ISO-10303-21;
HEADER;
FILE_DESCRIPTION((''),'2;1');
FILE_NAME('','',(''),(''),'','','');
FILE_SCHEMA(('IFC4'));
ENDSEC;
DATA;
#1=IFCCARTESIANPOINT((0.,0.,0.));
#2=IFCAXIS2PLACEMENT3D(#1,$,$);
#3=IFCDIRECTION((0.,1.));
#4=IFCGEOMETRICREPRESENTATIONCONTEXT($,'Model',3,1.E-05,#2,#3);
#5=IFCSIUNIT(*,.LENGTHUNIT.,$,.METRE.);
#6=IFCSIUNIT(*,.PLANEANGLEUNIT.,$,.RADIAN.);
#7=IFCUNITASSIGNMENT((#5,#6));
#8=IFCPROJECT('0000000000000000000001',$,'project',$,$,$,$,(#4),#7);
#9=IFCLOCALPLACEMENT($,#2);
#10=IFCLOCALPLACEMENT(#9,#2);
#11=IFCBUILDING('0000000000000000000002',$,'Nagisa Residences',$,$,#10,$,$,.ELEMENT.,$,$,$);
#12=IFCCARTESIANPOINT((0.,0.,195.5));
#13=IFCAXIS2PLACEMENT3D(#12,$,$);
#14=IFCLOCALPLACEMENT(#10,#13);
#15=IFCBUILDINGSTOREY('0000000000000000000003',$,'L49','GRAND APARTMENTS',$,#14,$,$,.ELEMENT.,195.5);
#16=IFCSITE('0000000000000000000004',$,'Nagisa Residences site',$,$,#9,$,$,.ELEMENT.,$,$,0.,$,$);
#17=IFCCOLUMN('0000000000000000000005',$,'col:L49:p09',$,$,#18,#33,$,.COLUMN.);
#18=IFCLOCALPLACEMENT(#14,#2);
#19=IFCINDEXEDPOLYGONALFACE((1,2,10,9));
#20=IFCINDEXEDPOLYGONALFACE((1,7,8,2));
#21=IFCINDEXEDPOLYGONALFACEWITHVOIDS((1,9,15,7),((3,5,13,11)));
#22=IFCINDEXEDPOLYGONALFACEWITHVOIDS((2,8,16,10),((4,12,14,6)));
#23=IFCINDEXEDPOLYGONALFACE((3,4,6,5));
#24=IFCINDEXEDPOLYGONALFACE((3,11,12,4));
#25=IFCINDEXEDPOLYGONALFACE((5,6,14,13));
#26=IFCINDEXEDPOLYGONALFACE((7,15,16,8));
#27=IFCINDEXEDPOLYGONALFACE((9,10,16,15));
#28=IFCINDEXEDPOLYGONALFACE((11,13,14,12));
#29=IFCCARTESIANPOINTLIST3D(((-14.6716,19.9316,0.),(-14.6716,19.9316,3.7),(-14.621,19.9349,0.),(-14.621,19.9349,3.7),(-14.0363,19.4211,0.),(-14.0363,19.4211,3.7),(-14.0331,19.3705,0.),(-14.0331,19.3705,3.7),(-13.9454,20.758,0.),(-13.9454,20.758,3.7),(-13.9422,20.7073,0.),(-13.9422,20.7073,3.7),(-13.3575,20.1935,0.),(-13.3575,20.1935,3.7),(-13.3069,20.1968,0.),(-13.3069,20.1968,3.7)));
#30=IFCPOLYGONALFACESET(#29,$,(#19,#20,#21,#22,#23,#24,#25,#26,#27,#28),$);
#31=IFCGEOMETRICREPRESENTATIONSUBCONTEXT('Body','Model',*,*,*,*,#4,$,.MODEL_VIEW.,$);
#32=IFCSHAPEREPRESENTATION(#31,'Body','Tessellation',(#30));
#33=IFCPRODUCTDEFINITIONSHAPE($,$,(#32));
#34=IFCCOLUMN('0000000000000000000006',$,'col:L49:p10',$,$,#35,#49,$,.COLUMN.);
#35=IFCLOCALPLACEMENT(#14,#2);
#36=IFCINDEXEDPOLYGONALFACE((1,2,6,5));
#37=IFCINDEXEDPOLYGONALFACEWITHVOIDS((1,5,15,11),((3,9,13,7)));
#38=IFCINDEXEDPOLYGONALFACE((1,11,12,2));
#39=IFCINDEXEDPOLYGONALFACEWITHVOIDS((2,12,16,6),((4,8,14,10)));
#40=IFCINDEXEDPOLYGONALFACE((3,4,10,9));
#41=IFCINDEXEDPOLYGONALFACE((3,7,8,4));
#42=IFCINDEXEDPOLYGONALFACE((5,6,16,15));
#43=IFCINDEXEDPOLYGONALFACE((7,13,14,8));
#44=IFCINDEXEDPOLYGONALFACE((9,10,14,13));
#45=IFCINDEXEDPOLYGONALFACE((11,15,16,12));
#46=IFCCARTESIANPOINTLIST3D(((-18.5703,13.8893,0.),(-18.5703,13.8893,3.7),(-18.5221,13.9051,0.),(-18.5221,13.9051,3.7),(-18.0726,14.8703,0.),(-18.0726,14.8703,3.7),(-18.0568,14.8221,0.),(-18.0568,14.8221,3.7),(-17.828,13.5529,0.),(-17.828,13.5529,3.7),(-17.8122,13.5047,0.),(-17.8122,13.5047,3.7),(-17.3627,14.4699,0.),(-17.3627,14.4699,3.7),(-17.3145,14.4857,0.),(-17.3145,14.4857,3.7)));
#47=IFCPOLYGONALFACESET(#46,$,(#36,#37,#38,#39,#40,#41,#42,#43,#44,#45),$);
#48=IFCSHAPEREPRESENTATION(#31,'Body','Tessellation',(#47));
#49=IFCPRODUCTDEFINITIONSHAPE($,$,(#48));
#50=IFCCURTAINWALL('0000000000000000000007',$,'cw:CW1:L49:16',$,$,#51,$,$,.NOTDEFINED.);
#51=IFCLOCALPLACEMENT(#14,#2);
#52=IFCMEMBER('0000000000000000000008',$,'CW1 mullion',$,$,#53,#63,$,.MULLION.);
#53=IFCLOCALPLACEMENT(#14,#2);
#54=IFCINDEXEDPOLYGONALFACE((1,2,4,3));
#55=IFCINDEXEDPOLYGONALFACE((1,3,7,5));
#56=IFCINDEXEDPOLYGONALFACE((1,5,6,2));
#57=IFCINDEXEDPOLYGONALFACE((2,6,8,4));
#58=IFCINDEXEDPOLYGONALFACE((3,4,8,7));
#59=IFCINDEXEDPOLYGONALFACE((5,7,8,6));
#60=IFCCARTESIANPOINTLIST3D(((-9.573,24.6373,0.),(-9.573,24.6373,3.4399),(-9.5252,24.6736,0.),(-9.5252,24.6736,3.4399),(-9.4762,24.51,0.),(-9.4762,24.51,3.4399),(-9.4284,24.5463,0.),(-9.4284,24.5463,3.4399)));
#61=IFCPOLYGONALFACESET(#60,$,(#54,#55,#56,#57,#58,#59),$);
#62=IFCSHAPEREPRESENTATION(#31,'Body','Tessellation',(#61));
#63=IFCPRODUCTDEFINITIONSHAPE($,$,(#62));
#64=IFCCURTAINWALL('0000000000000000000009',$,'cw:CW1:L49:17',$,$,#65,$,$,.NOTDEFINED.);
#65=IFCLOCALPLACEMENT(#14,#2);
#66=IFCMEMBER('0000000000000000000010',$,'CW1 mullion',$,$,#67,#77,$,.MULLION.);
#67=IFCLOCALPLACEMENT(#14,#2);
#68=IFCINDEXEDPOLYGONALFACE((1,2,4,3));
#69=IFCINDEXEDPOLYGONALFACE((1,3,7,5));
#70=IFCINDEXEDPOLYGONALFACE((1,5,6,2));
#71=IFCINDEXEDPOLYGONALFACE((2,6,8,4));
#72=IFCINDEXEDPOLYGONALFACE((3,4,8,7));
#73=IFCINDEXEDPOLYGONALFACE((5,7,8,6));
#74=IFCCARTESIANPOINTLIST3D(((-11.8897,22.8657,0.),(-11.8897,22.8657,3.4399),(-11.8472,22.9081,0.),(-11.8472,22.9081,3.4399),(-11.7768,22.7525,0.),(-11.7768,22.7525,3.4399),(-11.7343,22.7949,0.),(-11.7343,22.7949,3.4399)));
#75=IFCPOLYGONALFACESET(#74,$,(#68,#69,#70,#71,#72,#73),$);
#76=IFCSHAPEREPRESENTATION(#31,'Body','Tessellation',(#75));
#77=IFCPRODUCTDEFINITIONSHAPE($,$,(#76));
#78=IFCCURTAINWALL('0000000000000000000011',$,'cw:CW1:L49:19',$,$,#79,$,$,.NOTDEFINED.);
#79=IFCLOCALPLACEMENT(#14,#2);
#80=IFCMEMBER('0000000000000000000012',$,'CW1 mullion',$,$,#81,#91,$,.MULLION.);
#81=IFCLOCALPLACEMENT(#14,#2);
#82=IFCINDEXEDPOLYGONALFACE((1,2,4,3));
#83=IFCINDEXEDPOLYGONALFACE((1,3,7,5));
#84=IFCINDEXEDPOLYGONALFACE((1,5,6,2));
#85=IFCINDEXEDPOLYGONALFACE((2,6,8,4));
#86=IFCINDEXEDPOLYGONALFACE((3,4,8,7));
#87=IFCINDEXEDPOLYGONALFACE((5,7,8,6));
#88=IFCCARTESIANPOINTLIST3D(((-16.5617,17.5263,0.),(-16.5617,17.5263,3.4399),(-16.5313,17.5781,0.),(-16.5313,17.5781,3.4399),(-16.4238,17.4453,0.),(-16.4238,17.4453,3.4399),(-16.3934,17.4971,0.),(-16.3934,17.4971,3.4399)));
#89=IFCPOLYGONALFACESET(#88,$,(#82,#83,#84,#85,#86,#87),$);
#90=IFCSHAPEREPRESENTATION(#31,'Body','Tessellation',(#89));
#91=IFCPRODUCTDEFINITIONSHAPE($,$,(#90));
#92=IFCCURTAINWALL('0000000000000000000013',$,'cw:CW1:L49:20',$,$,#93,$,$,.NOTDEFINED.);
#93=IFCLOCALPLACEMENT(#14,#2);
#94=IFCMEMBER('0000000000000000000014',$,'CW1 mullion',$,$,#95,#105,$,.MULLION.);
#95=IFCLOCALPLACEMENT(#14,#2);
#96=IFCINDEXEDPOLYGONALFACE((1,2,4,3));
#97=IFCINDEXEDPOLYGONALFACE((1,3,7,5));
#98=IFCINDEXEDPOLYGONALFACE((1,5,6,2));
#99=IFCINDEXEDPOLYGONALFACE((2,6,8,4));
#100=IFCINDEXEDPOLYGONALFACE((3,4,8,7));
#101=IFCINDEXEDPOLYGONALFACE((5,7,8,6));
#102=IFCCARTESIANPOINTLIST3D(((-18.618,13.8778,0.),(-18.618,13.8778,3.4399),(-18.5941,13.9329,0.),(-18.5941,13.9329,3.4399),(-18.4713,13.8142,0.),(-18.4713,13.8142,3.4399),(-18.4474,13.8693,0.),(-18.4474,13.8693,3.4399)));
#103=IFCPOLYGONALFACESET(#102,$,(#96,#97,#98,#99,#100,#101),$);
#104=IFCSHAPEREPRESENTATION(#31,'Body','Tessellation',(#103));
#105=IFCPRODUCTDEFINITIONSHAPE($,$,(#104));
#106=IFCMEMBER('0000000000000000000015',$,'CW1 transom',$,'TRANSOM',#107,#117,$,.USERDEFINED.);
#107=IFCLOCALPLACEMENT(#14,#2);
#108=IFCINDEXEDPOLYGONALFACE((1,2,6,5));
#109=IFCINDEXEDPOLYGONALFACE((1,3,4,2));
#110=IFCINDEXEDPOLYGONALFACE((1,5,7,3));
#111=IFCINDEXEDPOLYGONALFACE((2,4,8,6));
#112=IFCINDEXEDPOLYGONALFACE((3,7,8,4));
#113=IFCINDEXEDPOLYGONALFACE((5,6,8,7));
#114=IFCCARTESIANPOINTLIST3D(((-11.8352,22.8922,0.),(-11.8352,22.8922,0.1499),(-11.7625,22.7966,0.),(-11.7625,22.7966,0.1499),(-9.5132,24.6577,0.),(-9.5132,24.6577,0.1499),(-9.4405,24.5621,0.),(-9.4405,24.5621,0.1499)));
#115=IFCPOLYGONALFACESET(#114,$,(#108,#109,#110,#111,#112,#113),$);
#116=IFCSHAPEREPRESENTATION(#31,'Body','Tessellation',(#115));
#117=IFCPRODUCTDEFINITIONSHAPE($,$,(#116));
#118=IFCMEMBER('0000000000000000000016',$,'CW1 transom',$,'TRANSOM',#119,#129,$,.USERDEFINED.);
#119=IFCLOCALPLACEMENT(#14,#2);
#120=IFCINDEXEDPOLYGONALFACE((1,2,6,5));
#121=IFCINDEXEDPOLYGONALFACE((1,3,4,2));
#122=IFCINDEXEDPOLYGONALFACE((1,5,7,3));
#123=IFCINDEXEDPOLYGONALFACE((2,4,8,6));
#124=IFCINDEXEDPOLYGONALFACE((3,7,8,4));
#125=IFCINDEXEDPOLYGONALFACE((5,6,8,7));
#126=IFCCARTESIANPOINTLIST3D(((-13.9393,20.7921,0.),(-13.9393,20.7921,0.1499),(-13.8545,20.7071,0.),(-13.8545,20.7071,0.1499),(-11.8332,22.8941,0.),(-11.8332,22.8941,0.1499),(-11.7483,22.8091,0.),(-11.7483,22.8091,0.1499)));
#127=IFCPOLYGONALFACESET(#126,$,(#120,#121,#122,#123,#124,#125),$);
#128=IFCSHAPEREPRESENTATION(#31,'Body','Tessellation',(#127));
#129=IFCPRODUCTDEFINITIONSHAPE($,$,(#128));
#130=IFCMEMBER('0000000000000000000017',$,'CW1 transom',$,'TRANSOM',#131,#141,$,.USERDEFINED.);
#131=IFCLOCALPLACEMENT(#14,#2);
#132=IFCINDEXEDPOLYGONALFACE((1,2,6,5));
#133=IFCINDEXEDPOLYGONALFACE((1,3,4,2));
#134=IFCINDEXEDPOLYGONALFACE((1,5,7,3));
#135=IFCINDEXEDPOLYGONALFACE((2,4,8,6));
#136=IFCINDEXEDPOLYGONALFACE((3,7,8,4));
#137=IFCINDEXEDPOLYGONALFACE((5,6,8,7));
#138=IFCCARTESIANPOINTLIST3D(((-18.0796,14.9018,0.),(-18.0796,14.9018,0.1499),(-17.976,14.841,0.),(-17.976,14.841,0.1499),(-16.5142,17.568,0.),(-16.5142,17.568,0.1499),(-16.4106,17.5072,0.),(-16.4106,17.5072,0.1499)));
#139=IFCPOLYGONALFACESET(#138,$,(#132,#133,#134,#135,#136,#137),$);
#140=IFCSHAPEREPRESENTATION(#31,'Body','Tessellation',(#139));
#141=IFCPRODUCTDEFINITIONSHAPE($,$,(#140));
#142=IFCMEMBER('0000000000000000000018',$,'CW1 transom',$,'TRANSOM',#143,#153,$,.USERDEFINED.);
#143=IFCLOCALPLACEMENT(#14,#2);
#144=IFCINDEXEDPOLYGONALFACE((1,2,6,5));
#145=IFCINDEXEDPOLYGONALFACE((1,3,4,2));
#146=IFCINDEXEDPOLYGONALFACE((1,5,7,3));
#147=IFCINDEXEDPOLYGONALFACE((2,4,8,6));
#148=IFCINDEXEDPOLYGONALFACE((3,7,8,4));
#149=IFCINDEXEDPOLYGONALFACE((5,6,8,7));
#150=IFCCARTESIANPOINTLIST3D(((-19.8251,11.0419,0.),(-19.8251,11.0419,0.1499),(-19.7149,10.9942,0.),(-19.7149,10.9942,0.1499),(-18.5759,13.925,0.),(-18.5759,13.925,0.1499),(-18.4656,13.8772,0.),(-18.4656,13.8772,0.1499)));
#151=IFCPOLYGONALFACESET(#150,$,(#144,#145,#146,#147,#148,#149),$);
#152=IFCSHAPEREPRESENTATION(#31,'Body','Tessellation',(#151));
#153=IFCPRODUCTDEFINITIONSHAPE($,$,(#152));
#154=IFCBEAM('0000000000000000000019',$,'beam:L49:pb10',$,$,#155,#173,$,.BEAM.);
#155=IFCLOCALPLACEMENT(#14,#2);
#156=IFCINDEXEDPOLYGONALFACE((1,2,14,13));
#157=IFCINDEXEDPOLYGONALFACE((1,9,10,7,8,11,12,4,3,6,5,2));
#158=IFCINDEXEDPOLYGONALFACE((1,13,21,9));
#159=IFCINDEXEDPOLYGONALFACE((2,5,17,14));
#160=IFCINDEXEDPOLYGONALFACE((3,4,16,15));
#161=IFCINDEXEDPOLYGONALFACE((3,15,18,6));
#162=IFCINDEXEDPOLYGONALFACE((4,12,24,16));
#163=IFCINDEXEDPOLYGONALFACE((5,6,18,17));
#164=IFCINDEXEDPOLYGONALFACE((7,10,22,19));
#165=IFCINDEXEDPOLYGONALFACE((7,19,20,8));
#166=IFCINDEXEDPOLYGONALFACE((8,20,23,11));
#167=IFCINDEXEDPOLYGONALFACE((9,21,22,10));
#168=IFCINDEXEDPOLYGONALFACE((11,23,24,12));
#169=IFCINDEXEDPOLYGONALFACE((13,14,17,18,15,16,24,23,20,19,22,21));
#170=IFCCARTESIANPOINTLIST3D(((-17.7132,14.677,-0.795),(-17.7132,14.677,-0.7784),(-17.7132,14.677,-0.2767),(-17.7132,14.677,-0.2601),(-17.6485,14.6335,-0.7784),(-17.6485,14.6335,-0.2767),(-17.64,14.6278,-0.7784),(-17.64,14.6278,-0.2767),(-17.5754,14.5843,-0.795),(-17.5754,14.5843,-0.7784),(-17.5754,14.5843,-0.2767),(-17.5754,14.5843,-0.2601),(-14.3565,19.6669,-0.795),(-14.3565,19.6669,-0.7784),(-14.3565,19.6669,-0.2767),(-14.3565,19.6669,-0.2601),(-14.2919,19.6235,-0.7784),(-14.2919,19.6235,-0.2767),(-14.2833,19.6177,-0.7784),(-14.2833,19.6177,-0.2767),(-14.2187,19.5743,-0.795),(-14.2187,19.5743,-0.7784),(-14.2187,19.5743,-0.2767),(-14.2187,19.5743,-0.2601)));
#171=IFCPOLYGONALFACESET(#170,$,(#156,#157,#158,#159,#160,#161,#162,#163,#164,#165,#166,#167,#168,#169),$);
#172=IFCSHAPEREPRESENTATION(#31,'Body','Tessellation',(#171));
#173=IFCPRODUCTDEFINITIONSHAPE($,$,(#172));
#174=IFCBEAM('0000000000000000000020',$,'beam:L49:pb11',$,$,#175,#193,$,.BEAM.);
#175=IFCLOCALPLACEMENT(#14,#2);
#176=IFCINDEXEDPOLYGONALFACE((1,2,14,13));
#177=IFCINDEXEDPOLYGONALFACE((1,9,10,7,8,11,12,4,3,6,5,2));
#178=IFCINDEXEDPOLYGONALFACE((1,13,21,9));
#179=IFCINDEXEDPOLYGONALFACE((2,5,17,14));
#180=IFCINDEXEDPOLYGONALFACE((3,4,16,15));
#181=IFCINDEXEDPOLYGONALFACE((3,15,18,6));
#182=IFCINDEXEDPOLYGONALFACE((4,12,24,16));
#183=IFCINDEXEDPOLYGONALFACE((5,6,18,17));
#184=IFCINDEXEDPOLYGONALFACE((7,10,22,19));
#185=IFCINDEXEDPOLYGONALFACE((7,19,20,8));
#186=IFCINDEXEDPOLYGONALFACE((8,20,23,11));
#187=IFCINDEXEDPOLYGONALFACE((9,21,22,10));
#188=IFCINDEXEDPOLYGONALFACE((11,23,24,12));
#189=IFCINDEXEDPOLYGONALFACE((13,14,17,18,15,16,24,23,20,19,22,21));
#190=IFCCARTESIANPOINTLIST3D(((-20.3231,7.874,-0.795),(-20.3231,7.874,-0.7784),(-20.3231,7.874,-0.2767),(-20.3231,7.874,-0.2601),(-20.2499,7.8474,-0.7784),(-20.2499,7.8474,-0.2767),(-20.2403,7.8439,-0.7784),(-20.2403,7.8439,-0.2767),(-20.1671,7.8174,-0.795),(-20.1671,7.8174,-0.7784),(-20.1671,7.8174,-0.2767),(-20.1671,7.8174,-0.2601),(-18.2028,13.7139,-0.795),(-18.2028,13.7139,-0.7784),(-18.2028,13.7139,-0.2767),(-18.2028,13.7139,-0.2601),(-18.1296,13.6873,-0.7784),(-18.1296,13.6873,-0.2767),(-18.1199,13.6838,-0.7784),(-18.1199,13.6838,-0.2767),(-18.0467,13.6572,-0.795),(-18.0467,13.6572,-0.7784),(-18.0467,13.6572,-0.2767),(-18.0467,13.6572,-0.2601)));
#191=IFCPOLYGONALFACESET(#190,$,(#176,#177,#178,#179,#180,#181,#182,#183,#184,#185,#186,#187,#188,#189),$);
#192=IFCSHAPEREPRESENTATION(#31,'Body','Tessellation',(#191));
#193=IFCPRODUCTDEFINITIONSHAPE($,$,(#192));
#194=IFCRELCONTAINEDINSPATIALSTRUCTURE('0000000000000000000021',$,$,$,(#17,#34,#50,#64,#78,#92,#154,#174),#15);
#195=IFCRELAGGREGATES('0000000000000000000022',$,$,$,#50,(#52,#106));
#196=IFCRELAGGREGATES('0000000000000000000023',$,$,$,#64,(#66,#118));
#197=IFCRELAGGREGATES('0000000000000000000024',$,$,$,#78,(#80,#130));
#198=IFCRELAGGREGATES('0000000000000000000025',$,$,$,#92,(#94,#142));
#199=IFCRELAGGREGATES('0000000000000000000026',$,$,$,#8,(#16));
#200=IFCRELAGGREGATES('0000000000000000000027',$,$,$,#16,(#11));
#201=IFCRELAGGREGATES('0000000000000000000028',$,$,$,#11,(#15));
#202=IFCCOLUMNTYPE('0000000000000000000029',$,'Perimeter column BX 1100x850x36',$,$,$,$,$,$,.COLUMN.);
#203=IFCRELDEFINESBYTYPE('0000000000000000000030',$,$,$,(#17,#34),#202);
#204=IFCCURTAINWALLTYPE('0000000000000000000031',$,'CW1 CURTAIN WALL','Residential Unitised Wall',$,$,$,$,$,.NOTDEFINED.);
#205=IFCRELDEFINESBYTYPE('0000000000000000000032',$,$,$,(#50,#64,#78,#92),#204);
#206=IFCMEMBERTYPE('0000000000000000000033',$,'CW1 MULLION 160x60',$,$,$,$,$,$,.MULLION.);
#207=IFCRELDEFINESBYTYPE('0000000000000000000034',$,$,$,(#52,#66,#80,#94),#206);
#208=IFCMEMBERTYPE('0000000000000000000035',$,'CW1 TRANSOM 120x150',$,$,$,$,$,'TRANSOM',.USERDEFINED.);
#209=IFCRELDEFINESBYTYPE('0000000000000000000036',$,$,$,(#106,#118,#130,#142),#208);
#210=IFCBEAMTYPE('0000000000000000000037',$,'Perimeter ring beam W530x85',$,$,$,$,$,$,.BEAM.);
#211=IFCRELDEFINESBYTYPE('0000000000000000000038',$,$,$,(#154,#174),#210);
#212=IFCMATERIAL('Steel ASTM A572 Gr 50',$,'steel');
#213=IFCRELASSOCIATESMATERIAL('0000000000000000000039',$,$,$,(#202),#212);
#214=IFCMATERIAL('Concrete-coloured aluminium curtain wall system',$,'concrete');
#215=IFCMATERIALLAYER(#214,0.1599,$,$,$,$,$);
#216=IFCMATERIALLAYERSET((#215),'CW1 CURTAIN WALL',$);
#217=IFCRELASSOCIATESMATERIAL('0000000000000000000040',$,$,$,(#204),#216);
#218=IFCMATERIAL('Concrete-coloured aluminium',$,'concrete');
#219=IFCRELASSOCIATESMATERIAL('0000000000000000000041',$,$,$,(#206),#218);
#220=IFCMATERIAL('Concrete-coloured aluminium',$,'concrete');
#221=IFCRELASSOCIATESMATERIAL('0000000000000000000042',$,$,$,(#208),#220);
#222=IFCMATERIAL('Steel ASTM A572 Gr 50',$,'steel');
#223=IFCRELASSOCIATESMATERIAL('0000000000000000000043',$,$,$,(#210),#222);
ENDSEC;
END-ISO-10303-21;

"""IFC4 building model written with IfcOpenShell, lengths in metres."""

from ifc_helpers import new_model, si_unit, direction, frame, origin, origin_2d, place, context, subcontext, project, spatial, rectangle, hollow_rectangle, i_section, extrude, material, layer, layer_set, material_profile, profile_set, type_object, element, aggregate, save


model = new_model("IFC4")

# Units and contexts
model_context = context("Model", 3, precision=1e-05, world=origin(), true_north=direction((0.0, 1.0)))
body_context = subcontext(model_context, "Body", "Model", "MODEL_VIEW")
ifc_project = project(units=[si_unit("LENGTHUNIT", "METRE"), si_unit("PLANEANGLEUNIT", "RADIAN")], contexts=[model_context])

# Site, building, storey
site_placement = place(None, origin())
site = spatial("IfcSite", under=ifc_project, at=site_placement, Name="Nagisa Residences site", CompositionType="ELEMENT", RefElevation=0.0)
building_placement = place(site_placement, origin())
building = spatial("IfcBuilding", under=site, at=building_placement, Name="Nagisa Residences", CompositionType="ELEMENT")
storey_placement = place(building_placement, frame((0.0, 0.0, 195.5)))
storey = spatial("IfcBuildingStorey", under=building, at=storey_placement, Name="L49", Description="GRAND APARTMENTS", CompositionType="ELEMENT", Elevation=195.5)

# Columns
ifc_material_1 = material(Name="Steel ASTM A572 Gr 50", Category="steel")
ifc_material_profile_1 = material_profile(ifc_material_1, hollow_rectangle(XDim=1.1001, YDim=0.8501, WallThickness=0.0359, at=origin_2d()), Name="BX 1100x850x36")
ifc_profile_set_1 = profile_set([ifc_material_profile_1], Name="Steel ASTM A572 Gr 50")
column_type = type_object("IfcColumnType", Name="Perimeter column BX 1100x850x36", PredefinedType="COLUMN", material=ifc_profile_set_1)
for number, where, z_axis, x_axis, name in (
    (1, (-13.9893, 20.0642, 0.0), (0.0, 0.0, 1.0), (-0.660115, -0.751165, 0.0), "col:L49:p09"),
    (2, (-17.9424, 14.1875, 0.0), (0.0, 0.0, 1.0), (-0.452463, -0.891783, 0.0), "col:L49:p10"),
):
    element("IfcColumn", number, at=place(storey_placement, frame(where, z_axis=z_axis, x_axis=x_axis)), inside=storey, type_object=column_type, Name=name, PredefinedType="COLUMN", context=body_context, shape_type="SweptSolid", body=[
        extrude(hollow_rectangle(XDim=1.1001, YDim=0.8501, WallThickness=0.0359, at=origin_2d()), origin(), (0.0, 0.0, 1.0), 3.7),
    ])

# Curtain walls, members
ifc_material_2 = material(Name="Concrete-coloured aluminium curtain wall system", Category="concrete")
ifc_layer_1 = layer(ifc_material_2, 0.1599)
ifc_layer_set_1 = layer_set([ifc_layer_1], Name="CW1 CURTAIN WALL")
curtain_wall_type = type_object("IfcCurtainWallType", Name="CW1 CURTAIN WALL", Description="Residential Unitised Wall", PredefinedType="NOTDEFINED", material=ifc_layer_set_1)
curtain_wall_1_placement = place(storey_placement, origin())
curtain_wall_1 = element("IfcCurtainWall", 3, at=curtain_wall_1_placement, inside=storey, type_object=curtain_wall_type, Name="cw:CW1:L49:16", PredefinedType="NOTDEFINED")
ifc_material_3 = material(Name="Concrete-coloured aluminium", Category="concrete")
ifc_material_profile_2 = material_profile(ifc_material_3, rectangle(XDim=0.1599, YDim=0.0601, at=origin_2d()), Name="CW1 MULLION 160x60")
ifc_profile_set_2 = profile_set([ifc_material_profile_2], Name="Concrete-coloured aluminium")
member_type_1 = type_object("IfcMemberType", Name="CW1 MULLION 160x60", PredefinedType="MULLION", material=ifc_profile_set_2)
member_1_placement = place(storey_placement, frame((-9.5007, 24.5918, 0.0), z_axis=(0.0, 0.0, 1.0), x_axis=(0.605255, -0.796031, 0.0)))
member_1 = element("IfcMember", 4, at=member_1_placement, type_object=member_type_1, Name="CW1 mullion", PredefinedType="MULLION", context=body_context, shape_type="SweptSolid", body=[
    extrude(rectangle(XDim=0.1599, YDim=0.0601, at=origin_2d()), origin(), (0.0, 0.0, 1.0), 3.4399),
])
curtain_wall_2_placement = place(storey_placement, origin())
curtain_wall_2 = element("IfcCurtainWall", 5, at=curtain_wall_2_placement, inside=storey, type_object=curtain_wall_type, Name="cw:CW1:L49:17", PredefinedType="NOTDEFINED")
member_2_placement = place(storey_placement, frame((-11.812, 22.8303, 0.0), z_axis=(0.0, 0.0, 1.0), x_axis=(0.706377, -0.707836, 0.0)))
member_2 = element("IfcMember", 6, at=member_2_placement, type_object=member_type_1, Name="CW1 mullion", PredefinedType="MULLION", context=body_context, shape_type="SweptSolid", body=[
    extrude(rectangle(XDim=0.1599, YDim=0.0601, at=origin_2d()), origin(), (0.0, 0.0, 1.0), 3.4399),
])
curtain_wall_3_placement = place(storey_placement, origin())
curtain_wall_3 = element("IfcCurtainWall", 7, at=curtain_wall_3_placement, inside=storey, type_object=curtain_wall_type, Name="cw:CW1:L49:19", PredefinedType="NOTDEFINED")
member_3_placement = place(storey_placement, frame((-16.4775, 17.5117, 0.0), z_axis=(0.0, 0.0, 1.0), x_axis=(0.862329, -0.506349, 0.0)))
member_3 = element("IfcMember", 8, at=member_3_placement, type_object=member_type_1, Name="CW1 mullion", PredefinedType="MULLION", context=body_context, shape_type="SweptSolid", body=[
    extrude(rectangle(XDim=0.1599, YDim=0.0601, at=origin_2d()), origin(), (0.0, 0.0, 1.0), 3.4399),
])
curtain_wall_4_placement = place(storey_placement, origin())
curtain_wall_4 = element("IfcCurtainWall", 9, at=curtain_wall_4_placement, inside=storey, type_object=curtain_wall_type, Name="cw:CW1:L49:20", PredefinedType="NOTDEFINED")
member_4_placement = place(storey_placement, frame((-18.5327, 13.8735, 0.0), z_axis=(0.0, 0.0, 1.0), x_axis=(0.917543, -0.397636, 0.0)))
member_4 = element("IfcMember", 10, at=member_4_placement, type_object=member_type_1, Name="CW1 mullion", PredefinedType="MULLION", context=body_context, shape_type="SweptSolid", body=[
    extrude(rectangle(XDim=0.1599, YDim=0.0601, at=origin_2d()), origin(), (0.0, 0.0, 1.0), 3.4399),
])

# Members
ifc_material_4 = material(Name="Concrete-coloured aluminium", Category="concrete")
ifc_material_profile_3 = material_profile(ifc_material_4, rectangle(XDim=0.1201, YDim=0.1499, at=origin_2d()), Name="CW1 TRANSOM 120x150")
ifc_profile_set_3 = profile_set([ifc_material_profile_3], Name="Concrete-coloured aluminium")
member_type_2 = type_object("IfcMemberType", Name="CW1 TRANSOM 120x150", ElementType="TRANSOM", PredefinedType="USERDEFINED", material=ifc_profile_set_3)
member_5_placement = place(storey_placement, frame((-9.4768, 24.6099, 0.075), z_axis=(-0.796056, -0.605223, 0.0), x_axis=(0.605223, -0.796056, 0.0)))
member_5 = element("IfcMember", 11, at=member_5_placement, type_object=member_type_2, Name="CW1 transom", ObjectType="TRANSOM", PredefinedType="USERDEFINED", context=body_context, shape_type="SweptSolid", body=[
    extrude(rectangle(XDim=0.1201, YDim=0.1499, at=origin_2d()), origin(), (0.0, 0.0, 1.0), 2.917),
])
member_6_placement = place(storey_placement, frame((-11.7908, 22.8516, 0.075), z_axis=(-0.707804, -0.706409, 0.0), x_axis=(0.706409, -0.707804, 0.0)))
member_6 = element("IfcMember", 12, at=member_6_placement, type_object=member_type_2, Name="CW1 transom", ObjectType="TRANSOM", PredefinedType="USERDEFINED", context=body_context, shape_type="SweptSolid", body=[
    extrude(rectangle(XDim=0.1201, YDim=0.1499, at=origin_2d()), origin(), (0.0, 0.0, 1.0), 2.9756),
])
member_7_placement = place(storey_placement, frame((-16.4624, 17.5376, 0.075), z_axis=(-0.506309, -0.862352, 0.0), x_axis=(0.862352, -0.506309, 0.0)))
member_7 = element("IfcMember", 13, at=member_7_placement, type_object=member_type_2, Name="CW1 transom", ObjectType="TRANSOM", PredefinedType="USERDEFINED", context=body_context, shape_type="SweptSolid", body=[
    extrude(rectangle(XDim=0.1201, YDim=0.1499, at=origin_2d()), origin(), (0.0, 0.0, 1.0), 3.0918),
])
member_8_placement = place(storey_placement, frame((-18.5208, 13.9011, 0.075), z_axis=(-0.397592, -0.917562, 0.0), x_axis=(0.917562, -0.397592, 0.0)))
member_8 = element("IfcMember", 14, at=member_8_placement, type_object=member_type_2, Name="CW1 transom", ObjectType="TRANSOM", PredefinedType="USERDEFINED", context=body_context, shape_type="SweptSolid", body=[
    extrude(rectangle(XDim=0.1201, YDim=0.1499, at=origin_2d()), origin(), (0.0, 0.0, 1.0), 3.1421),
])

# Beams
ifc_material_5 = material(Name="Steel ASTM A572 Gr 50", Category="steel")
ifc_material_profile_4 = material_profile(ifc_material_5, i_section(OverallWidth=0.166, OverallDepth=0.5349, WebThickness=0.0103, FlangeThickness=0.0166, at=origin_2d()), Name="W530x85")
ifc_profile_set_4 = profile_set([ifc_material_profile_4], Name="Steel ASTM A572 Gr 50")
beam_type_1 = type_object("IfcBeamType", Name="Perimeter ring beam W530x85", PredefinedType="BEAM", material=ifc_profile_set_4)
beam_1_placement = place(storey_placement, frame((-14.2876, 19.6206, -0.5276), z_axis=(-0.558152, -0.829739, 0.0), x_axis=(0.829739, -0.558152, 0.0)))
element("IfcBeam", 15, at=beam_1_placement, inside=storey, type_object=beam_type_1, Name="beam:L49:pb10", PredefinedType="BEAM", context=body_context, shape_type="SweptSolid", body=[
    extrude(i_section(OverallWidth=0.166, OverallDepth=0.5349, WebThickness=0.0103, FlangeThickness=0.0166, at=origin_2d()), origin(), (0.0, 0.0, 1.0), 6.0139),
])
beam_2_placement = place(storey_placement, frame((-18.1248, 13.6855, -0.5276), z_axis=(-0.341286, -0.93996, 0.0), x_axis=(0.93996, -0.341286, 0.0)))
element("IfcBeam", 16, at=beam_2_placement, inside=storey, type_object=beam_type_1, Name="beam:L49:pb11", PredefinedType="BEAM", context=body_context, shape_type="SweptSolid", body=[
    extrude(i_section(OverallWidth=0.166, OverallDepth=0.5349, WebThickness=0.0103, FlangeThickness=0.0166, at=origin_2d()), origin(), (0.0, 0.0, 1.0), 6.2129),
])

aggregate(curtain_wall_1, [member_1, member_5])
aggregate(curtain_wall_2, [member_2, member_6])
aggregate(curtain_wall_3, [member_3, member_7])
aggregate(curtain_wall_4, [member_4, member_8])

save(model, "model.ifc")
